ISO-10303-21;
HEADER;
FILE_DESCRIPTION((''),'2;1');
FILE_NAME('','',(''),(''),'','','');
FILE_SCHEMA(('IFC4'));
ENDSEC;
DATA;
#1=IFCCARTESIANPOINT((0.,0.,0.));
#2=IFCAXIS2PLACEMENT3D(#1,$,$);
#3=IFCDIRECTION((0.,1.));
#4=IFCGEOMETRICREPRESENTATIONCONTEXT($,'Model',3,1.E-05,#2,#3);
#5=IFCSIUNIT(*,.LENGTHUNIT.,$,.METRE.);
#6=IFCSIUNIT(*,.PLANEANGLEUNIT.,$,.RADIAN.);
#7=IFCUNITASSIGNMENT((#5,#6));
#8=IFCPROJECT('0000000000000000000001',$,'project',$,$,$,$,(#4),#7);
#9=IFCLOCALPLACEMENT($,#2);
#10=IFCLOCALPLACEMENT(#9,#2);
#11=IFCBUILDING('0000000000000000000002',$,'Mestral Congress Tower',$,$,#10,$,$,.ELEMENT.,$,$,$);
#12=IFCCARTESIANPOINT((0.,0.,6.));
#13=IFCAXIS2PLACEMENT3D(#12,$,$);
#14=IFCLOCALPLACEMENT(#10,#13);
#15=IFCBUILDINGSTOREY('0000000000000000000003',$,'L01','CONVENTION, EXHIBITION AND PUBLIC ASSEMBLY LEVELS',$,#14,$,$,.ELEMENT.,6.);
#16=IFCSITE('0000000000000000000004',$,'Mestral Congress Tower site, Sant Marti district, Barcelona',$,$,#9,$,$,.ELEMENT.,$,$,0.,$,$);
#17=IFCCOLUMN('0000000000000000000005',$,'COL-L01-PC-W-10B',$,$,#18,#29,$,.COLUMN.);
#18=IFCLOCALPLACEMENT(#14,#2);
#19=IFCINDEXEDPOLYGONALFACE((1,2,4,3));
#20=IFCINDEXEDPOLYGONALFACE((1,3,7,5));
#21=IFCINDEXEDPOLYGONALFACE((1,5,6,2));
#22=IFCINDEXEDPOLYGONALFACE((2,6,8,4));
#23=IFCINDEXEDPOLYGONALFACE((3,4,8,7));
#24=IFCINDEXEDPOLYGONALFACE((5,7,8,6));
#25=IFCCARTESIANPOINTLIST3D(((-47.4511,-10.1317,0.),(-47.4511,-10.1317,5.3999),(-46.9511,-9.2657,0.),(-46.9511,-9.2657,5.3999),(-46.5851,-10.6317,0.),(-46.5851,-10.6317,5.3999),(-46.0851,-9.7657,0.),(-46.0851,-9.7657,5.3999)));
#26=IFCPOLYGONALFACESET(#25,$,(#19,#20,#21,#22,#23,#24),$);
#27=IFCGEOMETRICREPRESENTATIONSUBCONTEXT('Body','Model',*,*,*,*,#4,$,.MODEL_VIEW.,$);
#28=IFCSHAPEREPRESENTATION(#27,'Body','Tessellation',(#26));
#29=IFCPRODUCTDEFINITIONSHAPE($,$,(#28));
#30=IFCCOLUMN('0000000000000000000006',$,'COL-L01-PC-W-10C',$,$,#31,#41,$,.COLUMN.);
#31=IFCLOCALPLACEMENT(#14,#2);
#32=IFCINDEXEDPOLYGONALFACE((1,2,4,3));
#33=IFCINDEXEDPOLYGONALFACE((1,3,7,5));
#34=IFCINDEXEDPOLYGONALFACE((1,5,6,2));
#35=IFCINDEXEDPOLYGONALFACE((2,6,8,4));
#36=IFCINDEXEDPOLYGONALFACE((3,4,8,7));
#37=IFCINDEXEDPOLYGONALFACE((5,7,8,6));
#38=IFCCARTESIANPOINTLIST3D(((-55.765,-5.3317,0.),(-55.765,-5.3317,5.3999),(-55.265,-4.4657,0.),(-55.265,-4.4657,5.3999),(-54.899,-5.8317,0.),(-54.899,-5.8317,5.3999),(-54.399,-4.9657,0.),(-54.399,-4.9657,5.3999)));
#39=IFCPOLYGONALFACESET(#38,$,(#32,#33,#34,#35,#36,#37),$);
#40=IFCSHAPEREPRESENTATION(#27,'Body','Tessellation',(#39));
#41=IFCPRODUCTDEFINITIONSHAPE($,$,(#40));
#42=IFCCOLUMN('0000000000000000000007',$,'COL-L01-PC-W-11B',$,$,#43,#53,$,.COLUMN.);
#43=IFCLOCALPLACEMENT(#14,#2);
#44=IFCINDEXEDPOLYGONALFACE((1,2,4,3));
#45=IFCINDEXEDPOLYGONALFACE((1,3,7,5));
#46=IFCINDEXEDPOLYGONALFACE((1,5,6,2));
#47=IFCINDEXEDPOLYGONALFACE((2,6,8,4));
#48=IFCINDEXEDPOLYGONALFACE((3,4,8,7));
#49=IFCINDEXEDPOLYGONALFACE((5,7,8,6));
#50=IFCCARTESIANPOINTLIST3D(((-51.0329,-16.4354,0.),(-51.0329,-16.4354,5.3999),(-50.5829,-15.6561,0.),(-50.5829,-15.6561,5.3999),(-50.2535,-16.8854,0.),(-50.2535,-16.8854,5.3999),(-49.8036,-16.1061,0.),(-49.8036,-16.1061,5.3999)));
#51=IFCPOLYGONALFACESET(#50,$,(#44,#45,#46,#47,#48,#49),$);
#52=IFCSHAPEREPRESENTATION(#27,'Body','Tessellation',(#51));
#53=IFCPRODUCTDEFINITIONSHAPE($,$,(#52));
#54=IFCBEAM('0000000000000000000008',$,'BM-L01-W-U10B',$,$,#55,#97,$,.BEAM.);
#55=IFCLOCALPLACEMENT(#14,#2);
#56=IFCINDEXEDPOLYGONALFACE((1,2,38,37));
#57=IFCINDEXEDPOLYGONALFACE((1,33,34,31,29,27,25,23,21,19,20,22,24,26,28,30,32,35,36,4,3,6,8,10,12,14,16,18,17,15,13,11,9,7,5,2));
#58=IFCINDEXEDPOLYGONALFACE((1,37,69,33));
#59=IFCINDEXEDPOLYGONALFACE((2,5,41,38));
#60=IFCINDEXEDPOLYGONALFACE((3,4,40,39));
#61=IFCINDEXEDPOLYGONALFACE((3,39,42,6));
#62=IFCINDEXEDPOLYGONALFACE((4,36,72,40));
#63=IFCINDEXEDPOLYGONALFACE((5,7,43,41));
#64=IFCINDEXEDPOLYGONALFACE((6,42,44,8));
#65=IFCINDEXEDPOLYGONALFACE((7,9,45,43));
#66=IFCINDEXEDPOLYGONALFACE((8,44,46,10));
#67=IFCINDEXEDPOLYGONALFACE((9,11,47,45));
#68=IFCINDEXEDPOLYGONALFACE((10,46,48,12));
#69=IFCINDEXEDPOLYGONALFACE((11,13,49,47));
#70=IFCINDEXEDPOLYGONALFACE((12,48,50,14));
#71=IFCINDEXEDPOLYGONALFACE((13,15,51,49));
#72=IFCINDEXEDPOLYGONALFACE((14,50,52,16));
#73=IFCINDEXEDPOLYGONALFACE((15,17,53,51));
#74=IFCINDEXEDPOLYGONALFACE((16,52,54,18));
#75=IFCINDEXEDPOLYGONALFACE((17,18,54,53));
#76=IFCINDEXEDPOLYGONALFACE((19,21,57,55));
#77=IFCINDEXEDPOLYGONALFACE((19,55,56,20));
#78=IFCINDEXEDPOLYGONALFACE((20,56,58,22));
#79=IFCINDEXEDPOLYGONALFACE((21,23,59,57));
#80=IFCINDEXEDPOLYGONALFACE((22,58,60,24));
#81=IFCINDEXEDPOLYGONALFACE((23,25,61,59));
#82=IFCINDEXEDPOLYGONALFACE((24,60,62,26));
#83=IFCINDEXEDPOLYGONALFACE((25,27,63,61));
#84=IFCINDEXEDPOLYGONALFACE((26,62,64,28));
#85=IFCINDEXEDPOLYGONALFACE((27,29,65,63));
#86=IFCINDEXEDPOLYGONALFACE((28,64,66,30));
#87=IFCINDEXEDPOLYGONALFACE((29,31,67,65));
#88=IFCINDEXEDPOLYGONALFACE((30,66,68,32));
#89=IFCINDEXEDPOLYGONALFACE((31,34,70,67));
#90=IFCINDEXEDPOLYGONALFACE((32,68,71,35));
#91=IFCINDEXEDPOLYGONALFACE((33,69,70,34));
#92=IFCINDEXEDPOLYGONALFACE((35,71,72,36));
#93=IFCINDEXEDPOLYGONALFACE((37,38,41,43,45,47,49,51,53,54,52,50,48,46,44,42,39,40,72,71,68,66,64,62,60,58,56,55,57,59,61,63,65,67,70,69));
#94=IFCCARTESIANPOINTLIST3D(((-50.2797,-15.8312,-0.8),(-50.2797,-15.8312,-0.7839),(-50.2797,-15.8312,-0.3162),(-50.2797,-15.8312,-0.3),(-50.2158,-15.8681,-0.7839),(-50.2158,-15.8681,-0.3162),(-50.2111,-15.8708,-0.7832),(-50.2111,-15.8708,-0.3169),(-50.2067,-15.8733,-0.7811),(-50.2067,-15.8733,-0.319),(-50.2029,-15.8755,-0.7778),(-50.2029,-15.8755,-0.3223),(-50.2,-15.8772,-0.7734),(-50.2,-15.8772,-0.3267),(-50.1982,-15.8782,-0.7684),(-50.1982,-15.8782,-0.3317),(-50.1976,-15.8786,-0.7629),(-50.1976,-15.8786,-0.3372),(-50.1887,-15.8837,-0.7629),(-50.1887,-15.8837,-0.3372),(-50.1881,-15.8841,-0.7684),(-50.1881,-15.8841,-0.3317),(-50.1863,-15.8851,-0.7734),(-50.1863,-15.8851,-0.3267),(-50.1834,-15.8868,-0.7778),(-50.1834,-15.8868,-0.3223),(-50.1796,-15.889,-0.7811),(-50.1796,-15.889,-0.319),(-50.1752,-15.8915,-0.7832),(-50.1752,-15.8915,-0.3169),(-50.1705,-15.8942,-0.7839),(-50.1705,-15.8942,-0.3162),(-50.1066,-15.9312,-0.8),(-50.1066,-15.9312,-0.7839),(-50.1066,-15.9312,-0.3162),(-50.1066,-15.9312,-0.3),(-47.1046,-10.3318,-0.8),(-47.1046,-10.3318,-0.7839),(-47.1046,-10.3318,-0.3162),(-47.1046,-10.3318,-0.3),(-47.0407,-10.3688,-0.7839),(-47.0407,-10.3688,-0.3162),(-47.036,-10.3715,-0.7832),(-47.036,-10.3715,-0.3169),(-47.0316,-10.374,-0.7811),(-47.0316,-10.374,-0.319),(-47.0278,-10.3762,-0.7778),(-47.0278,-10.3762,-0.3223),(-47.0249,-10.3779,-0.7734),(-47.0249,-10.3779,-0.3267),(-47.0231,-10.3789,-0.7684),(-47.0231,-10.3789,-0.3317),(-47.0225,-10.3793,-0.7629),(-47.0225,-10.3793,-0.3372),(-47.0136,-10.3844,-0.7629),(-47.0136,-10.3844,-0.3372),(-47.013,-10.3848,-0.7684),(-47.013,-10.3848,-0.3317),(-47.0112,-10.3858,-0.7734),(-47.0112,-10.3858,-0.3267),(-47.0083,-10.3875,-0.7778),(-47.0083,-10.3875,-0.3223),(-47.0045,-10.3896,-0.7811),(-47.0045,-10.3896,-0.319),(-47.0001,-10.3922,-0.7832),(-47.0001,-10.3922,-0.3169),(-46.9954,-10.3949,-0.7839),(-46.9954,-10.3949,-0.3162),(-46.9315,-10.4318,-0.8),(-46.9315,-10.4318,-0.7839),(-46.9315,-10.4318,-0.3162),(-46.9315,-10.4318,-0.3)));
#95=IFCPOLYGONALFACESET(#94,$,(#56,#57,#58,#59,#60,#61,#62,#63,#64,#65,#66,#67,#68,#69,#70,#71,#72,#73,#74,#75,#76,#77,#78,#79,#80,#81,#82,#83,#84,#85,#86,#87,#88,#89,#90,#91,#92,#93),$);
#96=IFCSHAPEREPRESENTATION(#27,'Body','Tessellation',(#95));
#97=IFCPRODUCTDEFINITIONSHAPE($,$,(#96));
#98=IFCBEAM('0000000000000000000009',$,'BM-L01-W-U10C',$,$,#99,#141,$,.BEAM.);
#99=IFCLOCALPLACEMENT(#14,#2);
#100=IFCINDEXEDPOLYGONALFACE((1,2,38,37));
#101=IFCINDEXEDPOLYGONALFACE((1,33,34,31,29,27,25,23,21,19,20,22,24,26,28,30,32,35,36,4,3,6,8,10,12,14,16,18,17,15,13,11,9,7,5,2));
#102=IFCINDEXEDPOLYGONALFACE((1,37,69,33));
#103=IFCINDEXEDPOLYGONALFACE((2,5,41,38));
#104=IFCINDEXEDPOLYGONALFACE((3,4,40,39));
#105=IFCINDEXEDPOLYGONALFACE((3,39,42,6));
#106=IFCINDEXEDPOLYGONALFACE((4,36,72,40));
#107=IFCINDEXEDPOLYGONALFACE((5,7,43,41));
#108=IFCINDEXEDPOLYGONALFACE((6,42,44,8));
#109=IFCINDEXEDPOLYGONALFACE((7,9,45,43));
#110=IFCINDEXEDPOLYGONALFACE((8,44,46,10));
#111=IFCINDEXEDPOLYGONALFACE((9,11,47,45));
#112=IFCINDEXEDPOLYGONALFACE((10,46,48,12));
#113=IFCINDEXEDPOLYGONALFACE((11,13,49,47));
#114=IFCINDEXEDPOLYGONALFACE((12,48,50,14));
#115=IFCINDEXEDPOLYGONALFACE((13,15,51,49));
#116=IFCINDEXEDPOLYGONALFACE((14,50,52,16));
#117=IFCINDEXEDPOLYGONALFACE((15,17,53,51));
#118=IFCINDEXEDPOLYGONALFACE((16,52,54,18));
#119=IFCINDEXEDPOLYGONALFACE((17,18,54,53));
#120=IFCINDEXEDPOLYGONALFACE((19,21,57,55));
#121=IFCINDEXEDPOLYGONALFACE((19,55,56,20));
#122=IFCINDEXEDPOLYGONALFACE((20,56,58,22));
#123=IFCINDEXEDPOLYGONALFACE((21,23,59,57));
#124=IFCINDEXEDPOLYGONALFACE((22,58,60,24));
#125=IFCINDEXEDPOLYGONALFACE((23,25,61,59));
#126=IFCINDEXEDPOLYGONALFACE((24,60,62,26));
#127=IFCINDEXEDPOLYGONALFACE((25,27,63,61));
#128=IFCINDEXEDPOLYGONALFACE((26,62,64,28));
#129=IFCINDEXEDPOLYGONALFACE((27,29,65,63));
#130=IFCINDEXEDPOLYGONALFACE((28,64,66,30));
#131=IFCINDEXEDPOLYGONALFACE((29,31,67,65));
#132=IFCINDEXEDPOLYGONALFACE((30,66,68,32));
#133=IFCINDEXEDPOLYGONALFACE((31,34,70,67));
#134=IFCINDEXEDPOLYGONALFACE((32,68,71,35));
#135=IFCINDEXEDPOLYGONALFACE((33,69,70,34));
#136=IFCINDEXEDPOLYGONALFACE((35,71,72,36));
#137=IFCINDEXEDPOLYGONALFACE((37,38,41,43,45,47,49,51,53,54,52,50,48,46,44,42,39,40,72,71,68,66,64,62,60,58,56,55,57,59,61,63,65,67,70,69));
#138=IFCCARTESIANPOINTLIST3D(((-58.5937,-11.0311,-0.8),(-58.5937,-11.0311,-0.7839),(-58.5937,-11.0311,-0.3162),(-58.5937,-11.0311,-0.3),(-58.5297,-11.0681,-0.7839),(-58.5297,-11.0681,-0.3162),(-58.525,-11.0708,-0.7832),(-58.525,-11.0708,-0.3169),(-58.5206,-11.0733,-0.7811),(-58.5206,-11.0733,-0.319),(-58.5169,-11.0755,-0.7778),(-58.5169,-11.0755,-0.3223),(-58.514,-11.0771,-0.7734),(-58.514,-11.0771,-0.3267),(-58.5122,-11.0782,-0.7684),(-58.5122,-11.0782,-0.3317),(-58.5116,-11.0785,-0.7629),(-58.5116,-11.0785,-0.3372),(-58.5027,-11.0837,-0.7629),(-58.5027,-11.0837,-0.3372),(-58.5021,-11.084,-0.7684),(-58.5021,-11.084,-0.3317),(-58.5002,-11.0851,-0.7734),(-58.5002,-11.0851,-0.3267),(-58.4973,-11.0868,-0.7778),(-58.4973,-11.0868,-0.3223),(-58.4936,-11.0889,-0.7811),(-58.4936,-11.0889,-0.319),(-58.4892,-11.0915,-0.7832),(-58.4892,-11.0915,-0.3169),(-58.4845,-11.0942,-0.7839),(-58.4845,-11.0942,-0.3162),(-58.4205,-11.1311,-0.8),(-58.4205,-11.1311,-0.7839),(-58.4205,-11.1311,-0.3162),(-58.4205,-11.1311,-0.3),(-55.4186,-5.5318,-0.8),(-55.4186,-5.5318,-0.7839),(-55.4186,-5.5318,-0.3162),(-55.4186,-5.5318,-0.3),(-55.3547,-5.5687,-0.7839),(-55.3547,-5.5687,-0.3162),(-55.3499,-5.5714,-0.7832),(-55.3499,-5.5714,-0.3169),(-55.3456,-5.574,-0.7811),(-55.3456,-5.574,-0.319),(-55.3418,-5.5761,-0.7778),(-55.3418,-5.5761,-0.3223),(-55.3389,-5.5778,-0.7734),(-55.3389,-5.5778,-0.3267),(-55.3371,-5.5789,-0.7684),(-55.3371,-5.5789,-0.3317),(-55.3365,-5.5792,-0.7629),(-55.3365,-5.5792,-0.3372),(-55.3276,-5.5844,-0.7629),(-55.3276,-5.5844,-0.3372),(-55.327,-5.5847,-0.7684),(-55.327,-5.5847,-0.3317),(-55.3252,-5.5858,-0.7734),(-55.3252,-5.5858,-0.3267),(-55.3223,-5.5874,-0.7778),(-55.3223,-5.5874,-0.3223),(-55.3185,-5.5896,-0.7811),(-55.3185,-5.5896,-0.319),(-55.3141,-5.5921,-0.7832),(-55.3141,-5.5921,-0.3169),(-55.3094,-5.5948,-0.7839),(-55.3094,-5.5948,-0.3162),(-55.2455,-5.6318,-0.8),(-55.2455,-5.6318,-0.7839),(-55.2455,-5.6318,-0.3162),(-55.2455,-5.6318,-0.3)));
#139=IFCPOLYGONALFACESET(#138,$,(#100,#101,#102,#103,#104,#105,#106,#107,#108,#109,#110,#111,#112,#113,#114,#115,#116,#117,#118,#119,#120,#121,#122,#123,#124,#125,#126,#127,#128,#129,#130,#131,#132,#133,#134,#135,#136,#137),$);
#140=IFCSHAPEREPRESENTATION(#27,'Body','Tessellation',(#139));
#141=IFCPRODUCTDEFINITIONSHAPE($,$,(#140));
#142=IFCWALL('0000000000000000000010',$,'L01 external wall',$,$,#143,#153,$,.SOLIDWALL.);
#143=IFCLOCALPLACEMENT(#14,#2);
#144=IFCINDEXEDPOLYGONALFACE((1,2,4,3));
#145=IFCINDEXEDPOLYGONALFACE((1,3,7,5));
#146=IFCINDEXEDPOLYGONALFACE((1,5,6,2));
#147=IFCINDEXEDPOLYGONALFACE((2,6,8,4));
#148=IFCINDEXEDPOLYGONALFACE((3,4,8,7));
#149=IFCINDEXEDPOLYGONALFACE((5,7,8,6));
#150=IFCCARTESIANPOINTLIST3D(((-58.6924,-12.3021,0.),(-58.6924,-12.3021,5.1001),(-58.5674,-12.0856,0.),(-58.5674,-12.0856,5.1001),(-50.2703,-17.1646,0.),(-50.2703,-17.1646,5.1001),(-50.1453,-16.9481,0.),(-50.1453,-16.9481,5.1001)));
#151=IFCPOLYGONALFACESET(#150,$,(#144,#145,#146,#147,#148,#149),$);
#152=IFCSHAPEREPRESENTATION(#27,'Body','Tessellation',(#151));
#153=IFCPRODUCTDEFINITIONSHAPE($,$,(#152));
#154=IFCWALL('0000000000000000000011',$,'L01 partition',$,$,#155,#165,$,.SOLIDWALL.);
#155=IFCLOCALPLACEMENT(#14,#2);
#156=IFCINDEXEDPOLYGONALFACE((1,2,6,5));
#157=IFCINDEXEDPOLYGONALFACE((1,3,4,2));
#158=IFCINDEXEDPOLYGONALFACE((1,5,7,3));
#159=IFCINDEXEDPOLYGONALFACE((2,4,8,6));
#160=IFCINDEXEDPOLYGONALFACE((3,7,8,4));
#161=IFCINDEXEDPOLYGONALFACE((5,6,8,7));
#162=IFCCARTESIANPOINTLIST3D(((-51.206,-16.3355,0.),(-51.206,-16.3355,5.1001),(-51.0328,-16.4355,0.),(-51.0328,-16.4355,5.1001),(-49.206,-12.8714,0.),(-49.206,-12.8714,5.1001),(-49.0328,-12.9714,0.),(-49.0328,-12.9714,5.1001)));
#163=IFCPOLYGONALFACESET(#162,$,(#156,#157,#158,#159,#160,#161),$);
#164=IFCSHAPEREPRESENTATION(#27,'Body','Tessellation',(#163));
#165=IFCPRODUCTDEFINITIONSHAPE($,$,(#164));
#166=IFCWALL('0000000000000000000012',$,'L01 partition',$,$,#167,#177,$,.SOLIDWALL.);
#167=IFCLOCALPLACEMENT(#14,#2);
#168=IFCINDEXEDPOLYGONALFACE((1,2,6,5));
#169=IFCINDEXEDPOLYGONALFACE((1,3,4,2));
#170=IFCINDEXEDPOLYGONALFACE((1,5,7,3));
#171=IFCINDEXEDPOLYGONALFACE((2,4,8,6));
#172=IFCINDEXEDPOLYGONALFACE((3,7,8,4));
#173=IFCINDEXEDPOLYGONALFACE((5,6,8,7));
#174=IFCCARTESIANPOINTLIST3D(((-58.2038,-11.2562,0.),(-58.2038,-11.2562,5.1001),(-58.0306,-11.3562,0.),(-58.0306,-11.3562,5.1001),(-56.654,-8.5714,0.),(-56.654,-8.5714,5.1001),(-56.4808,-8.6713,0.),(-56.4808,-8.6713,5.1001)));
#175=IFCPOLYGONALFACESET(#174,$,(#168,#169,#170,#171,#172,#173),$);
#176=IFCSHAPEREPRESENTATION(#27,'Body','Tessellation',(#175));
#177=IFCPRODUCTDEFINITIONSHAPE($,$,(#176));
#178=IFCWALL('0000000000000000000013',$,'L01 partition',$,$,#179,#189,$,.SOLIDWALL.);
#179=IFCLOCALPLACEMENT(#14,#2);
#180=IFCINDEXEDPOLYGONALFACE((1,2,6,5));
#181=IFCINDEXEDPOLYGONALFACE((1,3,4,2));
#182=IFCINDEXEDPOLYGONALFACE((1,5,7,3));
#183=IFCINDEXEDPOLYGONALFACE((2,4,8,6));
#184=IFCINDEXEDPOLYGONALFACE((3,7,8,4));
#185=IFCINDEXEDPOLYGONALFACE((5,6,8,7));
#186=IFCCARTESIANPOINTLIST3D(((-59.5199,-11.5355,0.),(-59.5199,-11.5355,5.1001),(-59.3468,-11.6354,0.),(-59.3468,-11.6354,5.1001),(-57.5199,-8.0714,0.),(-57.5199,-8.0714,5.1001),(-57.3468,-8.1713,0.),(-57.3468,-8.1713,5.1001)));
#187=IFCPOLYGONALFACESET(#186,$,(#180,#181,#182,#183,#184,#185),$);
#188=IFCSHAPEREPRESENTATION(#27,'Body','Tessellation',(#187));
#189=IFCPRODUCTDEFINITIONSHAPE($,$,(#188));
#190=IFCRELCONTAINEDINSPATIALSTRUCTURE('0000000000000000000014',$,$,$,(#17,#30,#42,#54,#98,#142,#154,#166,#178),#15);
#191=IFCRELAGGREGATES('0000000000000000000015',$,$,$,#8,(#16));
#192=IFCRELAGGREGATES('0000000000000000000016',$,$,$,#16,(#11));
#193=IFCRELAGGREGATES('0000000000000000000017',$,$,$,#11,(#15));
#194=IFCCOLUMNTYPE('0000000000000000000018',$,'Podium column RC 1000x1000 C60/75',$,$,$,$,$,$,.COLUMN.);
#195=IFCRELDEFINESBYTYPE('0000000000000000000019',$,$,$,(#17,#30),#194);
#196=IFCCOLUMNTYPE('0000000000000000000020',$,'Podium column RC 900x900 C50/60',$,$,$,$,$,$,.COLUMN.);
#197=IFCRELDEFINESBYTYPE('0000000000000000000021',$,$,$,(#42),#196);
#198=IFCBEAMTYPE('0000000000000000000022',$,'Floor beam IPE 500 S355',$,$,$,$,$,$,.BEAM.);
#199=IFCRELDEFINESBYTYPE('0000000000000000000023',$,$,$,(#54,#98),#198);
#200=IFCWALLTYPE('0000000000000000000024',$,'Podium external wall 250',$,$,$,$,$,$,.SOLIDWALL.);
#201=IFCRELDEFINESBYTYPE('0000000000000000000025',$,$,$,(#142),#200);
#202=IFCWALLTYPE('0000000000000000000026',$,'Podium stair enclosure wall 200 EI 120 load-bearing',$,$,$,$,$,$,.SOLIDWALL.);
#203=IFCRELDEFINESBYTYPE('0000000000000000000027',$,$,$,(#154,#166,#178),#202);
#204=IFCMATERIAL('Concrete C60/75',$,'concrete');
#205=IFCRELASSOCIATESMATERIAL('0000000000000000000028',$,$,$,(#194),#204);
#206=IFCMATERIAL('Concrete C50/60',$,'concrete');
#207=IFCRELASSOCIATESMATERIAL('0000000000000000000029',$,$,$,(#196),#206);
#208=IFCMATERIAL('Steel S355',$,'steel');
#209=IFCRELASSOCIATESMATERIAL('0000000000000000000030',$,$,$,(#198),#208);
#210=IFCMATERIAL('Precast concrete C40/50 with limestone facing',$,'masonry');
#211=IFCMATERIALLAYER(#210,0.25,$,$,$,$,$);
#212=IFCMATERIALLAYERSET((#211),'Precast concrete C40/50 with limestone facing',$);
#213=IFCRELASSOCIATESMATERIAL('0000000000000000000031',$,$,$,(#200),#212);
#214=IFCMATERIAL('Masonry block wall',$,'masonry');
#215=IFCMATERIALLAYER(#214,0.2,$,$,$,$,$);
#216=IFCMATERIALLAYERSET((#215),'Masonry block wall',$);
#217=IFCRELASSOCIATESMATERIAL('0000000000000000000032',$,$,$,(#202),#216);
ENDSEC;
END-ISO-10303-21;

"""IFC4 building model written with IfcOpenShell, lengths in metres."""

from ifc_helpers import new_model, si_unit, direction, frame, frame_2d, origin, origin_2d, place, context, subcontext, project, spatial, rectangle, i_section, extrude, material, layer, layer_set, material_profile, profile_set, type_object, element, save


model = new_model("IFC4")

# Units and contexts
model_context = context("Model", 3, precision=1e-05, world=origin(), true_north=direction((0.0, 1.0)))
body_context = subcontext(model_context, "Body", "Model", "MODEL_VIEW")
ifc_project = project(units=[si_unit("LENGTHUNIT", "METRE"), si_unit("PLANEANGLEUNIT", "RADIAN")], contexts=[model_context])

# Site, building, storey
site_placement = place(None, origin())
site = spatial("IfcSite", under=ifc_project, at=site_placement, Name="Mestral Congress Tower site, Sant Marti district, Barcelona", CompositionType="ELEMENT", RefElevation=0.0)
building_placement = place(site_placement, origin())
building = spatial("IfcBuilding", under=site, at=building_placement, Name="Mestral Congress Tower", CompositionType="ELEMENT")
storey_placement = place(building_placement, frame((0.0, 0.0, 6.0)))
storey = spatial("IfcBuildingStorey", under=building, at=storey_placement, Name="L01", Description="CONVENTION, EXHIBITION AND PUBLIC ASSEMBLY LEVELS", CompositionType="ELEMENT", Elevation=6.0)

# Columns
ifc_material_1 = material(Name="Concrete C60/75", Category="concrete")
ifc_material_profile_1 = material_profile(ifc_material_1, rectangle(XDim=1.0, YDim=1.0, at=origin_2d()), Name="RC 1000x1000")
ifc_profile_set_1 = profile_set([ifc_material_profile_1], Name="Concrete C60/75")
column_type_1 = type_object("IfcColumnType", Name="Podium column RC 1000x1000 C60/75", PredefinedType="COLUMN", material=ifc_profile_set_1)
for number, where, z_axis, x_axis, name in (
    (1, (-46.7681, -9.9487, 0.0), (0.0, 0.0, 1.0), (-0.5, -0.866025, 0.0), "COL-L01-PC-W-10B"),
    (2, (-55.082, -5.1487, 0.0), (0.0, 0.0, 1.0), (-0.5, -0.866025, 0.0), "COL-L01-PC-W-10C"),
):
    element("IfcColumn", number, at=place(storey_placement, frame(where, z_axis=z_axis, x_axis=x_axis)), inside=storey, type_object=column_type_1, Name=name, PredefinedType="COLUMN", context=body_context, shape_type="SweptSolid", body=[
        extrude(rectangle(XDim=1.0, YDim=1.0, at=origin_2d()), origin(), (0.0, 0.0, 1.0), 5.3999),
    ])
ifc_material_2 = material(Name="Concrete C50/60", Category="concrete")
ifc_material_profile_2 = material_profile(ifc_material_2, rectangle(XDim=0.8999, YDim=0.8999, at=origin_2d()), Name="RC 900x900")
ifc_profile_set_2 = profile_set([ifc_material_profile_2], Name="Concrete C50/60")
column_type_2 = type_object("IfcColumnType", Name="Podium column RC 900x900 C50/60", PredefinedType="COLUMN", material=ifc_profile_set_2)
column_placement = place(storey_placement, frame((-50.4182, -16.2708, 0.0), z_axis=(0.0, 0.0, 1.0), x_axis=(-0.5, -0.866025, 0.0)))
element("IfcColumn", 3, at=column_placement, inside=storey, type_object=column_type_2, Name="COL-L01-PC-W-11B", PredefinedType="COLUMN", context=body_context, shape_type="SweptSolid", body=[
    extrude(rectangle(XDim=0.8999, YDim=0.8999, at=origin_2d()), origin(), (0.0, 0.0, 1.0), 5.3999),
])

# Beams
ifc_material_3 = material(Name="Steel S355", Category="steel")
ifc_material_profile_3 = material_profile(ifc_material_3, i_section(OverallWidth=0.2, OverallDepth=0.5, WebThickness=0.0103, FlangeThickness=0.0161, FilletRadius=0.021, at=origin_2d()), Name="IPE 500")
ifc_profile_set_3 = profile_set([ifc_material_profile_3], Name="Steel S355")
beam_type = type_object("IfcBeamType", Name="Floor beam IPE 500 S355", PredefinedType="BEAM", material=ifc_profile_set_3)
for number, where, z_axis, x_axis, name in (
    (4, (-47.0181, -10.3818, -0.55), (-0.500005, -0.866022, 0.0), (0.866022, -0.500005, 0.0), "BM-L01-W-U10B"),
    (5, (-55.332, -5.5818, -0.55), (-0.500005, -0.866022, 0.0), (0.866022, -0.500005, 0.0), "BM-L01-W-U10C"),
):
    element("IfcBeam", number, at=place(storey_placement, frame(where, z_axis=z_axis, x_axis=x_axis)), inside=storey, type_object=beam_type, Name=name, PredefinedType="BEAM", context=body_context, shape_type="SweptSolid", body=[
        extrude(i_section(OverallWidth=0.2, OverallDepth=0.5, WebThickness=0.0103, FlangeThickness=0.0161, FilletRadius=0.021, at=origin_2d()), origin(), (0.0, 0.0, 1.0), 6.3501),
    ])

# Walls
ifc_material_4 = material(Name="Precast concrete C40/50 with limestone facing", Category="masonry")
ifc_layer_1 = layer(ifc_material_4, 0.25)
ifc_layer_set_1 = layer_set([ifc_layer_1], Name="Precast concrete C40/50 with limestone facing")
wall_type_1 = type_object("IfcWallType", Name="Podium external wall 250", PredefinedType="SOLIDWALL", material=ifc_layer_set_1)
wall_1_placement = place(storey_placement, frame((-50.2078, -17.0564, 0.0), z_axis=(0.0, 0.0, 1.0), x_axis=(-0.866024, 0.500003, 0.0)))
element("IfcWall", 6, at=wall_1_placement, inside=storey, type_object=wall_type_1, Name="L01 external wall", PredefinedType="SOLIDWALL", context=body_context, shape_type="SweptSolid", body=[
    extrude(rectangle(XDim=9.7251, YDim=0.25, at=frame_2d((4.8625, 0.0))), origin(), (0.0, 0.0, 1.0), 5.1001),
])
ifc_material_5 = material(Name="Masonry block wall", Category="masonry")
ifc_layer_2 = layer(ifc_material_5, 0.2)
ifc_layer_set_2 = layer_set([ifc_layer_2], Name="Masonry block wall")
wall_type_2 = type_object("IfcWallType", Name="Podium stair enclosure wall 200 EI 120 load-bearing", PredefinedType="SOLIDWALL", material=ifc_layer_set_2)
wall_2_placement = place(storey_placement, frame((-49.1194, -12.9214, 0.0), z_axis=(0.0, 0.0, 1.0), x_axis=(-0.499999, -0.866026, 0.0)))
element("IfcWall", 7, at=wall_2_placement, inside=storey, type_object=wall_type_2, Name="L01 partition", PredefinedType="SOLIDWALL", context=body_context, shape_type="SweptSolid", body=[
    extrude(rectangle(XDim=4.0, YDim=0.2, at=frame_2d((2.0, 0.0))), origin(), (0.0, 0.0, 1.0), 5.1001),
])
wall_3_placement = place(storey_placement, frame((-56.5674, -8.6213, 0.0), z_axis=(0.0, 0.0, 1.0), x_axis=(-0.499934, -0.866064, 0.0)))
element("IfcWall", 8, at=wall_3_placement, inside=storey, type_object=wall_type_2, Name="L01 partition", PredefinedType="SOLIDWALL", context=body_context, shape_type="SweptSolid", body=[
    extrude(rectangle(XDim=3.1001, YDim=0.2, at=frame_2d((1.55, 0.0))), origin(), (0.0, 0.0, 1.0), 5.1001),
])
wall_4_placement = place(storey_placement, frame((-57.4333, -8.1213, 0.0), z_axis=(0.0, 0.0, 1.0), x_axis=(-0.499999, -0.866026, 0.0)))
element("IfcWall", 9, at=wall_4_placement, inside=storey, type_object=wall_type_2, Name="L01 partition", PredefinedType="SOLIDWALL", context=body_context, shape_type="SweptSolid", body=[
    extrude(rectangle(XDim=4.0, YDim=0.2, at=frame_2d((2.0, 0.0))), origin(), (0.0, 0.0, 1.0), 5.1001),
])

save(model, "model.ifc")
